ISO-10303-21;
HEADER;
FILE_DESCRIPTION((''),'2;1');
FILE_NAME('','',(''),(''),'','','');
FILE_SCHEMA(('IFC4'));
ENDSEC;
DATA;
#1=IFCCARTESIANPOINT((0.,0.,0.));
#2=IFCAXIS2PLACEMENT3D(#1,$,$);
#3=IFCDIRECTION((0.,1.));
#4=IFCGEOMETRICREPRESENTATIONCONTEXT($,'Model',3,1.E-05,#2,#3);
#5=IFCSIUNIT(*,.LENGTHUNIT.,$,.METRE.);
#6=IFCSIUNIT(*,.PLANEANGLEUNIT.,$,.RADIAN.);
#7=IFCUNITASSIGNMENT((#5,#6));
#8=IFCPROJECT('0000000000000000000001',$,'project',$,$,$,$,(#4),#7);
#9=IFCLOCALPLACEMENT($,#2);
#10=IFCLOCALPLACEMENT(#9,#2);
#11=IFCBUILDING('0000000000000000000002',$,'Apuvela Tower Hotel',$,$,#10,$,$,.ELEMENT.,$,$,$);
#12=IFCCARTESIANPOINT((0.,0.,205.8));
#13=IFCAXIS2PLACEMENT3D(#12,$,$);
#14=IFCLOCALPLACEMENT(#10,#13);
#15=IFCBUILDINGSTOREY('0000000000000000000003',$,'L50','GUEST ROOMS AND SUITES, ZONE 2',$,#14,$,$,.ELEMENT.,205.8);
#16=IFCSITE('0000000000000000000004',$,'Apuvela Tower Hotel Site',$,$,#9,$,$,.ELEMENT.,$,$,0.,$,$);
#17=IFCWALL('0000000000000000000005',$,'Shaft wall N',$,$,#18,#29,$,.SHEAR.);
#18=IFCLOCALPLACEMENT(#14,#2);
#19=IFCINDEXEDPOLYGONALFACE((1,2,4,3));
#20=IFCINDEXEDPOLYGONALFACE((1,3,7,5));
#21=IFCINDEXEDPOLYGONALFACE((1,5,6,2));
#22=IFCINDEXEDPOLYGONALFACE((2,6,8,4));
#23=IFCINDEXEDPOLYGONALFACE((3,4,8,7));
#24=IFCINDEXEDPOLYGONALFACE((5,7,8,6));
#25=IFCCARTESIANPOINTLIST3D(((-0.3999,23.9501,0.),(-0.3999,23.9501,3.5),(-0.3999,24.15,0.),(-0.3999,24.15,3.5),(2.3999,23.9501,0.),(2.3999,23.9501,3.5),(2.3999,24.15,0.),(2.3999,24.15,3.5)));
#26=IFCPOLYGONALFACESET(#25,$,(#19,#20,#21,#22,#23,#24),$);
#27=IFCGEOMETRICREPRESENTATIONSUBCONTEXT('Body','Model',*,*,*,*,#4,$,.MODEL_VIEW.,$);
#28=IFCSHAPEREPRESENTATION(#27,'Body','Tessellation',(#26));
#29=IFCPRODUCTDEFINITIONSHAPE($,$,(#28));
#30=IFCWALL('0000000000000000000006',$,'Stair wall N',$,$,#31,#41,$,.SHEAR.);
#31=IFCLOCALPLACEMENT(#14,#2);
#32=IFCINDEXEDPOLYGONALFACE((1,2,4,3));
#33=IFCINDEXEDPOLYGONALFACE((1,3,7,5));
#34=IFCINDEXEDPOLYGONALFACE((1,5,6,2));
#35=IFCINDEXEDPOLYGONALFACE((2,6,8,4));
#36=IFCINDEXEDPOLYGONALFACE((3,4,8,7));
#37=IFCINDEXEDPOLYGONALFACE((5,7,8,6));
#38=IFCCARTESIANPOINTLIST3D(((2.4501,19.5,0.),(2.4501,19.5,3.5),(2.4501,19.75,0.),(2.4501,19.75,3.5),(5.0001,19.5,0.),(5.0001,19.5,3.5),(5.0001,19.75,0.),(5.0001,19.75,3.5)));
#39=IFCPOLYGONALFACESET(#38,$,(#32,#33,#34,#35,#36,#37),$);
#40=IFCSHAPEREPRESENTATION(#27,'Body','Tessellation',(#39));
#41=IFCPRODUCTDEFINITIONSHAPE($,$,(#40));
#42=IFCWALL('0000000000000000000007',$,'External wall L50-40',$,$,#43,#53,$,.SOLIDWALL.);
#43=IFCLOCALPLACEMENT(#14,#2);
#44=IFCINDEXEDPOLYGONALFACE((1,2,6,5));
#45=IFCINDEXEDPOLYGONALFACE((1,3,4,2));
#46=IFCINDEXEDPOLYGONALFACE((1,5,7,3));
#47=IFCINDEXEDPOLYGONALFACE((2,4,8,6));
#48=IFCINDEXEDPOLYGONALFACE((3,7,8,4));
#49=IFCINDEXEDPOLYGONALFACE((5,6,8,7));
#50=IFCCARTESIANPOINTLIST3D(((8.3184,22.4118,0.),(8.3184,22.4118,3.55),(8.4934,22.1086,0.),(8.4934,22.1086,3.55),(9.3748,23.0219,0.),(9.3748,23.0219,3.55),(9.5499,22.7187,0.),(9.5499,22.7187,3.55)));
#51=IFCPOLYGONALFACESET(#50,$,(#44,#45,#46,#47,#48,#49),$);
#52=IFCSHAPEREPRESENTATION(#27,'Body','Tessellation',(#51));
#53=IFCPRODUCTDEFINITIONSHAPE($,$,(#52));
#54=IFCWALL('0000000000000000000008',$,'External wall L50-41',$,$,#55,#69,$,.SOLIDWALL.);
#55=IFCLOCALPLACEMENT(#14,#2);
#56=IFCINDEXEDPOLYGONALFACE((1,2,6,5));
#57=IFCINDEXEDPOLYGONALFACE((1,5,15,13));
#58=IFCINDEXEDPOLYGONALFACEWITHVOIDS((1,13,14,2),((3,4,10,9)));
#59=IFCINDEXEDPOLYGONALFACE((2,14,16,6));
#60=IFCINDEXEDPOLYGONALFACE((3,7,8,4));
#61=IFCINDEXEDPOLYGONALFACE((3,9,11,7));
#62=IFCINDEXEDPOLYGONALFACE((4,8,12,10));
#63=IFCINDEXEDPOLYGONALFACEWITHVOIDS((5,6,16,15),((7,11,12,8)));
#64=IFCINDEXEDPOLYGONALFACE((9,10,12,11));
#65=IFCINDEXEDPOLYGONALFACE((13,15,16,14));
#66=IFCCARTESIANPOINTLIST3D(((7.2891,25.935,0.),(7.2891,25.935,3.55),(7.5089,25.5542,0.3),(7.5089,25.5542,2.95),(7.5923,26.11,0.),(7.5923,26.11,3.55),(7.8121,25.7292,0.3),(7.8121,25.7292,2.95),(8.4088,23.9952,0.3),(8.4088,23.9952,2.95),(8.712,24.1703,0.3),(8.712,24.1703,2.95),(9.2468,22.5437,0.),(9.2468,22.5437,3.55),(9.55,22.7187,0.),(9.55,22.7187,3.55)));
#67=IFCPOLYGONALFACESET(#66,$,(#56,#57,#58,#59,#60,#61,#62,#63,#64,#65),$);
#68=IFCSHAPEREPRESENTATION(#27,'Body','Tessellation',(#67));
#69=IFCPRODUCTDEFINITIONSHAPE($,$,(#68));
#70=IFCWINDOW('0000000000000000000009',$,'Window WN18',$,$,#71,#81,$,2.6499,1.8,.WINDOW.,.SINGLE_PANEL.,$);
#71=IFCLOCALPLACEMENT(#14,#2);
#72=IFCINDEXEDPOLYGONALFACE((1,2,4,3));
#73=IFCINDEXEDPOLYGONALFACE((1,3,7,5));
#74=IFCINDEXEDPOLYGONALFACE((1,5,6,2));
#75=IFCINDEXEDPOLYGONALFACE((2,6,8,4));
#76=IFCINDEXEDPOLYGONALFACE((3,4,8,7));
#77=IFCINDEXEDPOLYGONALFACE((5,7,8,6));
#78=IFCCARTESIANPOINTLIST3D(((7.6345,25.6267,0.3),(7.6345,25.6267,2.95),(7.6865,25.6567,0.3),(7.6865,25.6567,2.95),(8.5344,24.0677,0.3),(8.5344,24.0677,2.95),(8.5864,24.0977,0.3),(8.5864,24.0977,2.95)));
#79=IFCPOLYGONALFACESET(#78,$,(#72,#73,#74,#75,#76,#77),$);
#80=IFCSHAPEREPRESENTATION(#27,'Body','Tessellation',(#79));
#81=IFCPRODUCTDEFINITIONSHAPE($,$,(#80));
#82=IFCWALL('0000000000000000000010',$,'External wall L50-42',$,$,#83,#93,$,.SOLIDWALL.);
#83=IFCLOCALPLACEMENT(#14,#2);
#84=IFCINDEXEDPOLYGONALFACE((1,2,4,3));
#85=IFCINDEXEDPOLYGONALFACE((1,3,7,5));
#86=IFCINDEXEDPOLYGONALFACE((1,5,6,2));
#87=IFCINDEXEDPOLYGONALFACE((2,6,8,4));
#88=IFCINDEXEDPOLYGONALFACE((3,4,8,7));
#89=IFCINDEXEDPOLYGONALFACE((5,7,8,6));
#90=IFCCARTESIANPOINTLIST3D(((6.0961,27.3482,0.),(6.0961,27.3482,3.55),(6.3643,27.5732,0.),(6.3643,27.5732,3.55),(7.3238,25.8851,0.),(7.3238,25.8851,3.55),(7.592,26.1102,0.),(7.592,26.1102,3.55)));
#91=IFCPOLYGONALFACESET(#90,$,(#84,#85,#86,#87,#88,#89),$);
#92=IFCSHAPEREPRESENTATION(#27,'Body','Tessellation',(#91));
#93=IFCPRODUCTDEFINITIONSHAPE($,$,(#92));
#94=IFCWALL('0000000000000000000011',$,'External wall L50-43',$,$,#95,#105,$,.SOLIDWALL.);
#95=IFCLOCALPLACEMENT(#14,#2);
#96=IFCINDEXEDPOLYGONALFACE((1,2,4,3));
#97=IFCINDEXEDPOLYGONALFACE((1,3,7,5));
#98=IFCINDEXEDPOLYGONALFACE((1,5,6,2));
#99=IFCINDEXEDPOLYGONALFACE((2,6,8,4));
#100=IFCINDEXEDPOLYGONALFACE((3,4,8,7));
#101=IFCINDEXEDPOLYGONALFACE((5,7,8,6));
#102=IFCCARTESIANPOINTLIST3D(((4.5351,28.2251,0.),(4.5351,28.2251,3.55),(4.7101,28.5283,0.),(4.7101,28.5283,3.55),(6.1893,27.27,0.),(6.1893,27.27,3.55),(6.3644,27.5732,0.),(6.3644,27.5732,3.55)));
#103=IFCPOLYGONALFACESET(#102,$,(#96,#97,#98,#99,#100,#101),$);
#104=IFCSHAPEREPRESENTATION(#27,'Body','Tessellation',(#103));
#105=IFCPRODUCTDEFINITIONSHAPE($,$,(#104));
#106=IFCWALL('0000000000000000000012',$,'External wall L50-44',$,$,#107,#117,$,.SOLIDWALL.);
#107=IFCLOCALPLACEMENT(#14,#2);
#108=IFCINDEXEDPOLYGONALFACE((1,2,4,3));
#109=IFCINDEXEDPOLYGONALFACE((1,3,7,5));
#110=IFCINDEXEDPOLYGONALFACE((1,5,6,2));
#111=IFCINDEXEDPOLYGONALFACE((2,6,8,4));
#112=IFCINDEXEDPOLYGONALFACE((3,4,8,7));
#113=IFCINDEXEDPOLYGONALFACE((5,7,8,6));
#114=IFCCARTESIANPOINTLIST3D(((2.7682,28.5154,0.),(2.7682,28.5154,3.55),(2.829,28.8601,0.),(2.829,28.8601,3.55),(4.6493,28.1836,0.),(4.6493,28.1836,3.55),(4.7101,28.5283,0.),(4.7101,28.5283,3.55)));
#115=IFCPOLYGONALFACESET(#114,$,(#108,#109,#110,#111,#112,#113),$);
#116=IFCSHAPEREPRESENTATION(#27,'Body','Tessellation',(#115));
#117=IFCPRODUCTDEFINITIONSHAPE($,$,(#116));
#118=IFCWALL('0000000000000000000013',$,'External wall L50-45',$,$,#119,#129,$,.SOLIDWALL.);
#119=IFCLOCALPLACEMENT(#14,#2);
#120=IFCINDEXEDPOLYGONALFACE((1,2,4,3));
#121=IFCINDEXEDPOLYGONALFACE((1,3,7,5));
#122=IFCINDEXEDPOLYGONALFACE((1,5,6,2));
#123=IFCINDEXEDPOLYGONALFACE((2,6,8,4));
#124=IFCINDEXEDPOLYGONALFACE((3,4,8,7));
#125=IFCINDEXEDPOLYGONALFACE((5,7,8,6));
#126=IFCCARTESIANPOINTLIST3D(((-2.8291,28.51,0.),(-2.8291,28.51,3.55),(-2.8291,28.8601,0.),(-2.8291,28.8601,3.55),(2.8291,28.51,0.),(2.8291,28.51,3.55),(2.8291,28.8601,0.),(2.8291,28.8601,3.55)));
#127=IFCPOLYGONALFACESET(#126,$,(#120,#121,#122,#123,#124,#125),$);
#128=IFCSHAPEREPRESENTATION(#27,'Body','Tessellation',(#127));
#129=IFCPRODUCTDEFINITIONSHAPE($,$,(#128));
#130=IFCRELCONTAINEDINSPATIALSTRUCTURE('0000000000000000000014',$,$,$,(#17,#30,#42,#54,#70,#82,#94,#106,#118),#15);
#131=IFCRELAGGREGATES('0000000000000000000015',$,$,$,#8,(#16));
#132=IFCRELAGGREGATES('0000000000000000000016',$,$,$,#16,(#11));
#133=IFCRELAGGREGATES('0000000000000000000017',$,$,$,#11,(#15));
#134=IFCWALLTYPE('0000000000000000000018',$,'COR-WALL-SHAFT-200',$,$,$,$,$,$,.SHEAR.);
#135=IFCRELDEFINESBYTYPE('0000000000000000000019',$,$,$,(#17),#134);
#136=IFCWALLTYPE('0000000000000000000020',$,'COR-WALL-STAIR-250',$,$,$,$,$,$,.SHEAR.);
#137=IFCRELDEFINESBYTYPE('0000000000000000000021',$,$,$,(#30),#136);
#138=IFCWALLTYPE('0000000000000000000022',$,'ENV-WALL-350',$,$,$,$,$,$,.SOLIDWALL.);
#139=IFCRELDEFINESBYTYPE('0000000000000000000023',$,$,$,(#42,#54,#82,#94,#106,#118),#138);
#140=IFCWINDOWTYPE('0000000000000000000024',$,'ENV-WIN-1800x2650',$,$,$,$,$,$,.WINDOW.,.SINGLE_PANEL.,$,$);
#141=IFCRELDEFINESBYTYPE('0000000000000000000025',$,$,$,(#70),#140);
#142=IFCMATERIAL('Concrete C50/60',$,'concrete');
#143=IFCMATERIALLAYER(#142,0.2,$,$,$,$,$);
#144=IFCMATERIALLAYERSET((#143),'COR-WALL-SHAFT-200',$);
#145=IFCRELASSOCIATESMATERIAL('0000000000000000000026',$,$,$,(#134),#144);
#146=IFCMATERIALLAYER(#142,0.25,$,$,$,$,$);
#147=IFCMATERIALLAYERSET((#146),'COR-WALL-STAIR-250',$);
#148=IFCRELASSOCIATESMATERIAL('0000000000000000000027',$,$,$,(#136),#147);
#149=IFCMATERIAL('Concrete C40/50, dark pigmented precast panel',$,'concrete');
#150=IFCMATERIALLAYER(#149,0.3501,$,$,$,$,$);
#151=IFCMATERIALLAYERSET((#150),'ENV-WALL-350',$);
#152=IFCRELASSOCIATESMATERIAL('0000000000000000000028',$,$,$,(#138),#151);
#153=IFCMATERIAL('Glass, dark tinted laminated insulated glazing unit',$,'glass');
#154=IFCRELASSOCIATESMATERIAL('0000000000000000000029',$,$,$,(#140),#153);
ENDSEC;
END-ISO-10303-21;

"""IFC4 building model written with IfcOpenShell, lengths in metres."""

from ifc_helpers import new_model, si_unit, direction, frame, frame_2d, origin, place, context, subcontext, project, spatial, rectangle, extrude, material, layer, layer_set, type_object, element, fill, save


model = new_model("IFC4")

# Units and contexts
model_context = context("Model", 3, precision=1e-05, world=origin(), true_north=direction((0.0, 1.0)))
body_context = subcontext(model_context, "Body", "Model", "MODEL_VIEW")
ifc_project = project(units=[si_unit("LENGTHUNIT", "METRE"), si_unit("PLANEANGLEUNIT", "RADIAN")], contexts=[model_context])

# Site, building, storey
site_placement = place(None, origin())
site = spatial("IfcSite", under=ifc_project, at=site_placement, Name="Apuvela Tower Hotel Site", CompositionType="ELEMENT", RefElevation=0.0)
building_placement = place(site_placement, origin())
building = spatial("IfcBuilding", under=site, at=building_placement, Name="Apuvela Tower Hotel", CompositionType="ELEMENT")
storey_placement = place(building_placement, frame((0.0, 0.0, 205.8)))
storey = spatial("IfcBuildingStorey", under=building, at=storey_placement, Name="L50", Description="GUEST ROOMS AND SUITES, ZONE 2", CompositionType="ELEMENT", Elevation=205.8)

# Walls
ifc_material_1 = material(Name="Concrete C50/60", Category="concrete")
ifc_layer_1 = layer(ifc_material_1, 0.2)
ifc_layer_set_1 = layer_set([ifc_layer_1], Name="COR-WALL-SHAFT-200")
wall_type_1 = type_object("IfcWallType", Name="COR-WALL-SHAFT-200", PredefinedType="SHEAR", material=ifc_layer_set_1)
wall_1_placement = place(storey_placement, frame((2.3999, 24.05, 0.0), z_axis=(0.0, 0.0, 1.0), x_axis=(-1.0, 0.0, 0.0)))
element("IfcWall", 1, at=wall_1_placement, inside=storey, type_object=wall_type_1, Name="Shaft wall N", PredefinedType="SHEAR", context=body_context, shape_type="SweptSolid", body=[
    extrude(rectangle(XDim=2.7998, YDim=0.2, at=frame_2d((1.3999, 0.0))), origin(), (0.0, 0.0, 1.0), 3.5),
])
ifc_layer_2 = layer(ifc_material_1, 0.25)
ifc_layer_set_2 = layer_set([ifc_layer_2], Name="COR-WALL-STAIR-250")
wall_type_2 = type_object("IfcWallType", Name="COR-WALL-STAIR-250", PredefinedType="SHEAR", material=ifc_layer_set_2)
wall_2_placement = place(storey_placement, frame((5.0, 19.625, 0.0), z_axis=(0.0, 0.0, 1.0), x_axis=(-1.0, 0.0, 0.0)))
element("IfcWall", 2, at=wall_2_placement, inside=storey, type_object=wall_type_2, Name="Stair wall N", PredefinedType="SHEAR", context=body_context, shape_type="SweptSolid", body=[
    extrude(rectangle(XDim=2.55, YDim=0.25, at=frame_2d((1.2749, 0.0))), origin(), (0.0, 0.0, 1.0), 3.5),
])
ifc_material_2 = material(Name="Concrete C40/50, dark pigmented precast panel", Category="concrete")
ifc_layer_3 = layer(ifc_material_2, 0.3501)
ifc_layer_set_3 = layer_set([ifc_layer_3], Name="ENV-WALL-350")
wall_type_3 = type_object("IfcWallType", Name="ENV-WALL-350", PredefinedType="SOLIDWALL", material=ifc_layer_set_3)
wall_3_placement = place(storey_placement, frame((8.406, 22.2603, 0.0), z_axis=(0.0, 0.0, 1.0), x_axis=(0.865956, 0.500121, 0.0)))
element("IfcWall", 3, at=wall_3_placement, inside=storey, type_object=wall_type_3, Name="External wall L50-40", PredefinedType="SOLIDWALL", context=body_context, shape_type="SweptSolid", body=[
    extrude(rectangle(XDim=1.22, YDim=0.3501, at=frame_2d((0.6099, 0.0))), origin(), (0.0, 0.0, 1.0), 3.55),
])

# Wall, opening, window
wall_4_placement = place(storey_placement, frame((9.3984, 22.6311, 0.0), z_axis=(0.0, 0.0, 1.0), x_axis=(-0.499955, 0.866052, 0.0)))
wall_4 = element("IfcWall", 4, at=wall_4_placement, inside=storey, type_object=wall_type_3, Name="External wall L50-41", PredefinedType="SOLIDWALL", context=body_context, shape_type="SweptSolid", body=[
    extrude(rectangle(XDim=3.9158, YDim=0.3501, at=frame_2d((1.958, 0.0))), origin(), (0.0, 0.0, 1.0), 3.55),
])
opening_placement = place(wall_4_placement, frame((1.6763, 0.0, 0.3)))
opening = element("IfcOpeningElement", 5, at=opening_placement, cuts=wall_4, PredefinedType="OPENING", context=body_context, shape_type="SweptSolid", body=[
    extrude(rectangle(XDim=1.8, YDim=2.6499, at=frame_2d((0.8999, 1.325))), frame((0.0, 0.1851, 0.0), z_axis=(0.0, -1.0, 0.0), x_axis=(1.0, 0.0, 0.0)), (0.0, 0.0, 1.0), 0.3701),
])
ifc_material_3 = material(Name="Glass, dark tinted laminated insulated glazing unit", Category="glass")
window_type = type_object("IfcWindowType", Name="ENV-WIN-1800x2650", PartitioningType="SINGLE_PANEL", PredefinedType="WINDOW", material=ifc_material_3)
window_placement = place(opening_placement, origin())
window = element("IfcWindow", 6, at=window_placement, inside=storey, type_object=window_type, Name="Window WN18", OverallHeight=2.6499, OverallWidth=1.8, PartitioningType="SINGLE_PANEL", PredefinedType="WINDOW", context=body_context, shape_type="SweptSolid", body=[
    extrude(rectangle(XDim=1.8, YDim=2.6499, at=frame_2d((0.8999, 1.325))), frame((0.0, 0.03, 0.0), z_axis=(0.0, -1.0, 0.0), x_axis=(1.0, 0.0, 0.0)), (0.0, 0.0, 1.0), 0.0601),
])
fill(opening, window)

# Walls
wall_5_placement = place(storey_placement, frame((7.458, 25.9976, 0.0), z_axis=(0.0, 0.0, 1.0), x_axis=(-0.642808, 0.766027, 0.0)))
element("IfcWall", 7, at=wall_5_placement, inside=storey, type_object=wall_type_3, Name="External wall L50-42", PredefinedType="SOLIDWALL", context=body_context, shape_type="SweptSolid", body=[
    extrude(rectangle(XDim=1.9099, YDim=0.3501, at=frame_2d((0.9551, 0.0))), origin(), (0.0, 0.0, 1.0), 3.55),
])
for number, where, z_axis, x_axis, name in (
    (8, (6.2769, 27.4216, 0.0), (0.0, 0.0, 1.0), (-0.866032, 0.499988, 0.0), "External wall L50-43"),
    (9, (4.6797, 28.356, 0.0), (0.0, 0.0, 1.0), (-0.984799, 0.173698, 0.0), "External wall L50-44"),
):
    element("IfcWall", number, at=place(storey_placement, frame(where, z_axis=z_axis, x_axis=x_axis)), inside=storey, type_object=wall_type_3, Name=name, PredefinedType="SOLIDWALL", context=body_context, shape_type="SweptSolid", body=[
        extrude(rectangle(XDim=1.9102, YDim=0.3501, at=frame_2d((0.9551, 0.0))), origin(), (0.0, 0.0, 1.0), 3.55),
    ])
wall_6_placement = place(storey_placement, frame((2.8291, 28.6851, 0.0), z_axis=(0.0, 0.0, 1.0), x_axis=(-1.0, 0.0, 0.0)))
element("IfcWall", 10, at=wall_6_placement, inside=storey, type_object=wall_type_3, Name="External wall L50-45", PredefinedType="SOLIDWALL", context=body_context, shape_type="SweptSolid", body=[
    extrude(rectangle(XDim=5.6582, YDim=0.3501, at=frame_2d((2.8291, 0.0))), origin(), (0.0, 0.0, 1.0), 3.55),
])

save(model, "model.ifc")
